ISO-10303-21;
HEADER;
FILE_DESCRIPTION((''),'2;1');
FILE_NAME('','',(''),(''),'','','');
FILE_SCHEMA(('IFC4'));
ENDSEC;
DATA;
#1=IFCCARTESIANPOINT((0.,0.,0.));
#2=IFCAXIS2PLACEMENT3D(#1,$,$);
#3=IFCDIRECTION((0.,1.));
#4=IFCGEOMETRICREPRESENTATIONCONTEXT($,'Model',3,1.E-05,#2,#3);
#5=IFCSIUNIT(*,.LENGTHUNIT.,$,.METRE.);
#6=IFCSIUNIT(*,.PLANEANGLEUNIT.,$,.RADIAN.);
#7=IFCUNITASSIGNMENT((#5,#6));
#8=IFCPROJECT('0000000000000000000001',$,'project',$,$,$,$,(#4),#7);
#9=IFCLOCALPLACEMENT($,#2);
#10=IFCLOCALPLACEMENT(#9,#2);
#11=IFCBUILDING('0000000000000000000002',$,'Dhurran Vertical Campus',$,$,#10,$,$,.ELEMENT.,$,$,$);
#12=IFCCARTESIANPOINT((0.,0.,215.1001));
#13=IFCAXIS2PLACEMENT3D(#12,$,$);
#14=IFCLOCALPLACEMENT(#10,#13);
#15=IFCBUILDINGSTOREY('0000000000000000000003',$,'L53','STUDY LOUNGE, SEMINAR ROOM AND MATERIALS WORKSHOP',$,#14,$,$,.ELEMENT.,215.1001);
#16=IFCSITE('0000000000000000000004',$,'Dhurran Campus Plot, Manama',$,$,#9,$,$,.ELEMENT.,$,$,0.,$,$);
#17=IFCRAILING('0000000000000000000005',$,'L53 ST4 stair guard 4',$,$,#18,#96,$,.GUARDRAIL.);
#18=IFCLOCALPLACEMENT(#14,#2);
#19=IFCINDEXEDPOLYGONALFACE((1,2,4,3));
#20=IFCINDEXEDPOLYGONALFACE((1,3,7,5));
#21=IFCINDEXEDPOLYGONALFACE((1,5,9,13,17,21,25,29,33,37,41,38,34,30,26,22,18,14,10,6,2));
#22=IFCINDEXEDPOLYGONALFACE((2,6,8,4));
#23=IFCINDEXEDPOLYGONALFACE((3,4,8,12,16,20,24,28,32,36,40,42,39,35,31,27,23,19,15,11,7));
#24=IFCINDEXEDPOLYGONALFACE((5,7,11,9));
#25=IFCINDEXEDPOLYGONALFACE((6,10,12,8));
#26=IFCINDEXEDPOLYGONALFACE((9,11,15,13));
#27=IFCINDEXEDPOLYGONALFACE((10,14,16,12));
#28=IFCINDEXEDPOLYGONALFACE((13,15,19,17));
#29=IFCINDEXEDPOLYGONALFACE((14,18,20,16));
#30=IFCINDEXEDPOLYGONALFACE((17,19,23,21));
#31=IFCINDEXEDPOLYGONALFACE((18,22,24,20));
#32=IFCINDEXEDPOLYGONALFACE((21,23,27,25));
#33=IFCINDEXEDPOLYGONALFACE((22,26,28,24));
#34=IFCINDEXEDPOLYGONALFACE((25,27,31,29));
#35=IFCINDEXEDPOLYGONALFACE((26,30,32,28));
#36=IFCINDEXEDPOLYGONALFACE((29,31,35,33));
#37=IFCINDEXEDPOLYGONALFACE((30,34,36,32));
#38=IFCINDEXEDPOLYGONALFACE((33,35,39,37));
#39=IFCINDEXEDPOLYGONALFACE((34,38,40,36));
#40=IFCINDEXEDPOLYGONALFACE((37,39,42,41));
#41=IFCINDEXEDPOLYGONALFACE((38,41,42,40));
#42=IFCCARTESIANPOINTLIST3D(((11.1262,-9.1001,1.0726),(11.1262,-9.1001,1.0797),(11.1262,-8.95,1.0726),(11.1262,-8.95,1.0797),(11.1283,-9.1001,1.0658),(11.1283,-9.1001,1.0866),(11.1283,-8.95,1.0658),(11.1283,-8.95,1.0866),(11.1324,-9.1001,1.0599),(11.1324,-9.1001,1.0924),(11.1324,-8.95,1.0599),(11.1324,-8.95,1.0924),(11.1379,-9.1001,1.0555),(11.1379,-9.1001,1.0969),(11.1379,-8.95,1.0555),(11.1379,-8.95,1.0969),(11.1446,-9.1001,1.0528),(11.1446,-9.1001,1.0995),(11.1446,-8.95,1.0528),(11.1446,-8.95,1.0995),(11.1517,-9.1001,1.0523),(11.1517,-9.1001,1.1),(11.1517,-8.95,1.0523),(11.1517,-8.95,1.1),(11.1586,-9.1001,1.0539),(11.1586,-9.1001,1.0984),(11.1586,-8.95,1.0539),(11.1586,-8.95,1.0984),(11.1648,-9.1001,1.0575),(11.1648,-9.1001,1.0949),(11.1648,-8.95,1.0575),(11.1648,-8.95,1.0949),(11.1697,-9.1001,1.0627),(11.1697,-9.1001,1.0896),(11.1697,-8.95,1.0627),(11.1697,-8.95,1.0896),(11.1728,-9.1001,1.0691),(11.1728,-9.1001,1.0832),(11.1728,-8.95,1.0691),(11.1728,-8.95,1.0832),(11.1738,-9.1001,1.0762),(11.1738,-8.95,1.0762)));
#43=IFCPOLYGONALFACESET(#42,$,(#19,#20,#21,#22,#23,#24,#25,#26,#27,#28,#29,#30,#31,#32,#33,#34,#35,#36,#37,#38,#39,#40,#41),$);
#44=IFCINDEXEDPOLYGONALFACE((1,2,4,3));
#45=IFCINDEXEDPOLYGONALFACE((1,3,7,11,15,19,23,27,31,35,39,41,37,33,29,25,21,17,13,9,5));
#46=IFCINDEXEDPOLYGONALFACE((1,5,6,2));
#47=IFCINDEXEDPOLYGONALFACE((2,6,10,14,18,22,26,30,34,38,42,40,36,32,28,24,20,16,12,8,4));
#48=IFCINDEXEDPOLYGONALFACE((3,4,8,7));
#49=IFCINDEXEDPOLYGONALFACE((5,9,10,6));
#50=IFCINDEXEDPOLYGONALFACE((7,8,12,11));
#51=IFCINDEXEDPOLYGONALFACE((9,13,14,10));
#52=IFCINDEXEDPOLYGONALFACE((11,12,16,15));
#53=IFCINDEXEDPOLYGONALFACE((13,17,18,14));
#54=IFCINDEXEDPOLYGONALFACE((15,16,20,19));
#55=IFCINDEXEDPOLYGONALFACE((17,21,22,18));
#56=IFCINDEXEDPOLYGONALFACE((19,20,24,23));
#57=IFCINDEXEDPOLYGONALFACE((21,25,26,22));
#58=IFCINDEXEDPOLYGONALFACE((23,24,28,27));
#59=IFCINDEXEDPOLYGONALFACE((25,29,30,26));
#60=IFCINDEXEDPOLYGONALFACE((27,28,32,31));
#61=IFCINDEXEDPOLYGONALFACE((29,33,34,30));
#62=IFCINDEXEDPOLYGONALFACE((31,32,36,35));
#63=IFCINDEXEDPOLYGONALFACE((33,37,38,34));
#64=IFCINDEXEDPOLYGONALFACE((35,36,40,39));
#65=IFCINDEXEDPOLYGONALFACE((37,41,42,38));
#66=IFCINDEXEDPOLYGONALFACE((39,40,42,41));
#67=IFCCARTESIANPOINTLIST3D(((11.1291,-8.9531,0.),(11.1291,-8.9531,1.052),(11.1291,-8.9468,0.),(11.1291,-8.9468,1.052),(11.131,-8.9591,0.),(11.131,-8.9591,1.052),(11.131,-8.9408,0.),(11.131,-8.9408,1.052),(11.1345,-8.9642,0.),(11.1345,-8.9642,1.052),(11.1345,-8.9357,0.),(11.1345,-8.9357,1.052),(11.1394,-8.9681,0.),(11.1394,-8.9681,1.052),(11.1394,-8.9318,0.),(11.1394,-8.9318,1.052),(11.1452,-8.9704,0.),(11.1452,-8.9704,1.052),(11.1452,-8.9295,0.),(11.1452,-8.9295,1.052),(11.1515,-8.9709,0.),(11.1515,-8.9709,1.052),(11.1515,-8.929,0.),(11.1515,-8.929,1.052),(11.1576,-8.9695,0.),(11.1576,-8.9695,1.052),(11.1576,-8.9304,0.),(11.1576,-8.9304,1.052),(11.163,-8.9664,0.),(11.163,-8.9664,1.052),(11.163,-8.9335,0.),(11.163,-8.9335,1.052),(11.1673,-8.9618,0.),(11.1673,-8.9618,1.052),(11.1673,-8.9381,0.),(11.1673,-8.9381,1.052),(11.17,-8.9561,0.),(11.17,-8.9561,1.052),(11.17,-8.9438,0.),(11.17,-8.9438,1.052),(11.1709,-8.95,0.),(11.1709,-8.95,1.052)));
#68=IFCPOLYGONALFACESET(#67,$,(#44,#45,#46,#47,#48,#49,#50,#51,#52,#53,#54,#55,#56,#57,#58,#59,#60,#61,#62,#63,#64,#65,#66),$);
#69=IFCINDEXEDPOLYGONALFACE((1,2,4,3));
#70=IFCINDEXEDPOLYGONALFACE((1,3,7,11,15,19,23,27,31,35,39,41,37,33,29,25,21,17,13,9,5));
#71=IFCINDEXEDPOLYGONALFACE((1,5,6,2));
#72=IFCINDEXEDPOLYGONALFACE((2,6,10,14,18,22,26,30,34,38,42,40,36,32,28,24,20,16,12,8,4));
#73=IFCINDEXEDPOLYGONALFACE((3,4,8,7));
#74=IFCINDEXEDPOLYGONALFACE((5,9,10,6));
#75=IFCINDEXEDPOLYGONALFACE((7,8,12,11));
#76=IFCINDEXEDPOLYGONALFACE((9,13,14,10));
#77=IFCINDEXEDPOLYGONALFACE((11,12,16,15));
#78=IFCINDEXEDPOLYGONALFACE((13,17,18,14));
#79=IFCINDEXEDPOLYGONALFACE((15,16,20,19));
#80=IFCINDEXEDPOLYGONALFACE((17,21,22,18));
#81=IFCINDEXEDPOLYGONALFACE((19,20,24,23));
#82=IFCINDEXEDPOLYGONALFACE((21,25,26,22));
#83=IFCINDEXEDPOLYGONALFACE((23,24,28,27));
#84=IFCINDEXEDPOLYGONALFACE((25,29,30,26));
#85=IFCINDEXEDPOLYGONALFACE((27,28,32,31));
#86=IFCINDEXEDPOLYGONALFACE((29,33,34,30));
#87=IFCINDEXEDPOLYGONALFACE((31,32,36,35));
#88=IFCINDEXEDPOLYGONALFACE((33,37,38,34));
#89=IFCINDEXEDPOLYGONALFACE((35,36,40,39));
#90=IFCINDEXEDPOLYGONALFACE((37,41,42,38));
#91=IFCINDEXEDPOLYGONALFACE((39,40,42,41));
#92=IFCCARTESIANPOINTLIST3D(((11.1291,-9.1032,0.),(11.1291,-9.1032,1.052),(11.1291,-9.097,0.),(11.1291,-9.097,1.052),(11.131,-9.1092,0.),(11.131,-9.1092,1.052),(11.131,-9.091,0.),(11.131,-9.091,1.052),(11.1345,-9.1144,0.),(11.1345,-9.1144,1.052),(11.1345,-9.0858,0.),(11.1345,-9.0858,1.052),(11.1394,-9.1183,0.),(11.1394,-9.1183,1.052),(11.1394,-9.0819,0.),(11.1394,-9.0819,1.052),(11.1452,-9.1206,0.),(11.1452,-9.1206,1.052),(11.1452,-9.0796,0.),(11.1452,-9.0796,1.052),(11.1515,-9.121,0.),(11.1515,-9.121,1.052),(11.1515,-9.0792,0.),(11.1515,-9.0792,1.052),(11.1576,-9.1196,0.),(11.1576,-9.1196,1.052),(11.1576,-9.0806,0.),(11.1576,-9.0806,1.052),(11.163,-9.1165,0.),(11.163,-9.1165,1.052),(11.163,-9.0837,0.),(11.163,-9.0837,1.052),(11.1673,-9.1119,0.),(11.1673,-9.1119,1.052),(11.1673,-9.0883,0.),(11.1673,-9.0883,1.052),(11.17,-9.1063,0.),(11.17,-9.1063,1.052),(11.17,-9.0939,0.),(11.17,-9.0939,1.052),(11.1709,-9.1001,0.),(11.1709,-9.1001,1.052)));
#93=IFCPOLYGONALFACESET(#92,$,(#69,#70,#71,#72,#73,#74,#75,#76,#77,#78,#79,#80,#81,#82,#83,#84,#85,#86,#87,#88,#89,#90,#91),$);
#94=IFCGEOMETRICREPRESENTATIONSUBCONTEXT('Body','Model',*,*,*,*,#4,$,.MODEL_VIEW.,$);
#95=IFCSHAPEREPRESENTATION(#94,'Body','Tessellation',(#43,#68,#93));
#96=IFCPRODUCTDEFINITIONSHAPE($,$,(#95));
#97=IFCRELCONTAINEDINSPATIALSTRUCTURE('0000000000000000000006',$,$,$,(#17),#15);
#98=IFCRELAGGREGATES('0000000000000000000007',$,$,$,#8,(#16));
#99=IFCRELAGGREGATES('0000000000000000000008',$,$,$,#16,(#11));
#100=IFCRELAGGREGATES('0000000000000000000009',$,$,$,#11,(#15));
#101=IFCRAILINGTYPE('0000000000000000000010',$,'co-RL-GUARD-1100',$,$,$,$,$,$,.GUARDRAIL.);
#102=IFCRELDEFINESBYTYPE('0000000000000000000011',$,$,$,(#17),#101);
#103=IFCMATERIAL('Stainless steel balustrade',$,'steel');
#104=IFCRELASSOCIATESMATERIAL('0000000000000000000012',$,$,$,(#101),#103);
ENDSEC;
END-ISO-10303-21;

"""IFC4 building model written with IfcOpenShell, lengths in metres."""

from ifc_helpers import new_model, si_unit, direction, frame, origin, origin_2d, place, context, subcontext, project, spatial, circle, extrude, material, type_object, element, save


model = new_model("IFC4")

# Units and contexts
model_context = context("Model", 3, precision=1e-05, world=origin(), true_north=direction((0.0, 1.0)))
body_context = subcontext(model_context, "Body", "Model", "MODEL_VIEW")
ifc_project = project(units=[si_unit("LENGTHUNIT", "METRE"), si_unit("PLANEANGLEUNIT", "RADIAN")], contexts=[model_context])

# Site, building, storey
site_placement = place(None, origin())
site = spatial("IfcSite", under=ifc_project, at=site_placement, Name="Dhurran Campus Plot, Manama", CompositionType="ELEMENT", RefElevation=0.0)
building_placement = place(site_placement, origin())
building = spatial("IfcBuilding", under=site, at=building_placement, Name="Dhurran Vertical Campus", CompositionType="ELEMENT")
storey_placement = place(building_placement, frame((0.0, 0.0, 215.1001)))
storey = spatial("IfcBuildingStorey", under=building, at=storey_placement, Name="L53", Description="STUDY LOUNGE, SEMINAR ROOM AND MATERIALS WORKSHOP", CompositionType="ELEMENT", Elevation=215.1001)

# Railing
ifc_material_1 = material(Name="Stainless steel balustrade", Category="steel")
railing_type_1 = type_object("IfcRailingType", Name="co-RL-GUARD-1100", PredefinedType="GUARDRAIL", material=ifc_material_1)
railing_1_placement = place(storey_placement, frame((11.1499, -8.95, 0.0)))
element("IfcRailing", 1, at=railing_1_placement, inside=storey, type_object=railing_type_1, Name="L53 ST4 stair guard 4", PredefinedType="GUARDRAIL", context=body_context, shape_type="SweptSolid", body=[
    extrude(circle(Radius=0.0239, at=origin_2d()), frame((0.0, 0.0, 1.0762), z_axis=(0.0, -1.0, 0.0), x_axis=(1.0, 0.0, 0.0)), (0.0, 0.0, 1.0), 0.1501),
    extrude(circle(Radius=0.021, at=origin_2d()), origin(), (0.0, 0.0, 1.0), 1.052),
    extrude(circle(Radius=0.021, at=origin_2d()), frame((0.0, -0.1501, 0.0)), (0.0, 0.0, 1.0), 1.052),
])

save(model, "model.ifc")
